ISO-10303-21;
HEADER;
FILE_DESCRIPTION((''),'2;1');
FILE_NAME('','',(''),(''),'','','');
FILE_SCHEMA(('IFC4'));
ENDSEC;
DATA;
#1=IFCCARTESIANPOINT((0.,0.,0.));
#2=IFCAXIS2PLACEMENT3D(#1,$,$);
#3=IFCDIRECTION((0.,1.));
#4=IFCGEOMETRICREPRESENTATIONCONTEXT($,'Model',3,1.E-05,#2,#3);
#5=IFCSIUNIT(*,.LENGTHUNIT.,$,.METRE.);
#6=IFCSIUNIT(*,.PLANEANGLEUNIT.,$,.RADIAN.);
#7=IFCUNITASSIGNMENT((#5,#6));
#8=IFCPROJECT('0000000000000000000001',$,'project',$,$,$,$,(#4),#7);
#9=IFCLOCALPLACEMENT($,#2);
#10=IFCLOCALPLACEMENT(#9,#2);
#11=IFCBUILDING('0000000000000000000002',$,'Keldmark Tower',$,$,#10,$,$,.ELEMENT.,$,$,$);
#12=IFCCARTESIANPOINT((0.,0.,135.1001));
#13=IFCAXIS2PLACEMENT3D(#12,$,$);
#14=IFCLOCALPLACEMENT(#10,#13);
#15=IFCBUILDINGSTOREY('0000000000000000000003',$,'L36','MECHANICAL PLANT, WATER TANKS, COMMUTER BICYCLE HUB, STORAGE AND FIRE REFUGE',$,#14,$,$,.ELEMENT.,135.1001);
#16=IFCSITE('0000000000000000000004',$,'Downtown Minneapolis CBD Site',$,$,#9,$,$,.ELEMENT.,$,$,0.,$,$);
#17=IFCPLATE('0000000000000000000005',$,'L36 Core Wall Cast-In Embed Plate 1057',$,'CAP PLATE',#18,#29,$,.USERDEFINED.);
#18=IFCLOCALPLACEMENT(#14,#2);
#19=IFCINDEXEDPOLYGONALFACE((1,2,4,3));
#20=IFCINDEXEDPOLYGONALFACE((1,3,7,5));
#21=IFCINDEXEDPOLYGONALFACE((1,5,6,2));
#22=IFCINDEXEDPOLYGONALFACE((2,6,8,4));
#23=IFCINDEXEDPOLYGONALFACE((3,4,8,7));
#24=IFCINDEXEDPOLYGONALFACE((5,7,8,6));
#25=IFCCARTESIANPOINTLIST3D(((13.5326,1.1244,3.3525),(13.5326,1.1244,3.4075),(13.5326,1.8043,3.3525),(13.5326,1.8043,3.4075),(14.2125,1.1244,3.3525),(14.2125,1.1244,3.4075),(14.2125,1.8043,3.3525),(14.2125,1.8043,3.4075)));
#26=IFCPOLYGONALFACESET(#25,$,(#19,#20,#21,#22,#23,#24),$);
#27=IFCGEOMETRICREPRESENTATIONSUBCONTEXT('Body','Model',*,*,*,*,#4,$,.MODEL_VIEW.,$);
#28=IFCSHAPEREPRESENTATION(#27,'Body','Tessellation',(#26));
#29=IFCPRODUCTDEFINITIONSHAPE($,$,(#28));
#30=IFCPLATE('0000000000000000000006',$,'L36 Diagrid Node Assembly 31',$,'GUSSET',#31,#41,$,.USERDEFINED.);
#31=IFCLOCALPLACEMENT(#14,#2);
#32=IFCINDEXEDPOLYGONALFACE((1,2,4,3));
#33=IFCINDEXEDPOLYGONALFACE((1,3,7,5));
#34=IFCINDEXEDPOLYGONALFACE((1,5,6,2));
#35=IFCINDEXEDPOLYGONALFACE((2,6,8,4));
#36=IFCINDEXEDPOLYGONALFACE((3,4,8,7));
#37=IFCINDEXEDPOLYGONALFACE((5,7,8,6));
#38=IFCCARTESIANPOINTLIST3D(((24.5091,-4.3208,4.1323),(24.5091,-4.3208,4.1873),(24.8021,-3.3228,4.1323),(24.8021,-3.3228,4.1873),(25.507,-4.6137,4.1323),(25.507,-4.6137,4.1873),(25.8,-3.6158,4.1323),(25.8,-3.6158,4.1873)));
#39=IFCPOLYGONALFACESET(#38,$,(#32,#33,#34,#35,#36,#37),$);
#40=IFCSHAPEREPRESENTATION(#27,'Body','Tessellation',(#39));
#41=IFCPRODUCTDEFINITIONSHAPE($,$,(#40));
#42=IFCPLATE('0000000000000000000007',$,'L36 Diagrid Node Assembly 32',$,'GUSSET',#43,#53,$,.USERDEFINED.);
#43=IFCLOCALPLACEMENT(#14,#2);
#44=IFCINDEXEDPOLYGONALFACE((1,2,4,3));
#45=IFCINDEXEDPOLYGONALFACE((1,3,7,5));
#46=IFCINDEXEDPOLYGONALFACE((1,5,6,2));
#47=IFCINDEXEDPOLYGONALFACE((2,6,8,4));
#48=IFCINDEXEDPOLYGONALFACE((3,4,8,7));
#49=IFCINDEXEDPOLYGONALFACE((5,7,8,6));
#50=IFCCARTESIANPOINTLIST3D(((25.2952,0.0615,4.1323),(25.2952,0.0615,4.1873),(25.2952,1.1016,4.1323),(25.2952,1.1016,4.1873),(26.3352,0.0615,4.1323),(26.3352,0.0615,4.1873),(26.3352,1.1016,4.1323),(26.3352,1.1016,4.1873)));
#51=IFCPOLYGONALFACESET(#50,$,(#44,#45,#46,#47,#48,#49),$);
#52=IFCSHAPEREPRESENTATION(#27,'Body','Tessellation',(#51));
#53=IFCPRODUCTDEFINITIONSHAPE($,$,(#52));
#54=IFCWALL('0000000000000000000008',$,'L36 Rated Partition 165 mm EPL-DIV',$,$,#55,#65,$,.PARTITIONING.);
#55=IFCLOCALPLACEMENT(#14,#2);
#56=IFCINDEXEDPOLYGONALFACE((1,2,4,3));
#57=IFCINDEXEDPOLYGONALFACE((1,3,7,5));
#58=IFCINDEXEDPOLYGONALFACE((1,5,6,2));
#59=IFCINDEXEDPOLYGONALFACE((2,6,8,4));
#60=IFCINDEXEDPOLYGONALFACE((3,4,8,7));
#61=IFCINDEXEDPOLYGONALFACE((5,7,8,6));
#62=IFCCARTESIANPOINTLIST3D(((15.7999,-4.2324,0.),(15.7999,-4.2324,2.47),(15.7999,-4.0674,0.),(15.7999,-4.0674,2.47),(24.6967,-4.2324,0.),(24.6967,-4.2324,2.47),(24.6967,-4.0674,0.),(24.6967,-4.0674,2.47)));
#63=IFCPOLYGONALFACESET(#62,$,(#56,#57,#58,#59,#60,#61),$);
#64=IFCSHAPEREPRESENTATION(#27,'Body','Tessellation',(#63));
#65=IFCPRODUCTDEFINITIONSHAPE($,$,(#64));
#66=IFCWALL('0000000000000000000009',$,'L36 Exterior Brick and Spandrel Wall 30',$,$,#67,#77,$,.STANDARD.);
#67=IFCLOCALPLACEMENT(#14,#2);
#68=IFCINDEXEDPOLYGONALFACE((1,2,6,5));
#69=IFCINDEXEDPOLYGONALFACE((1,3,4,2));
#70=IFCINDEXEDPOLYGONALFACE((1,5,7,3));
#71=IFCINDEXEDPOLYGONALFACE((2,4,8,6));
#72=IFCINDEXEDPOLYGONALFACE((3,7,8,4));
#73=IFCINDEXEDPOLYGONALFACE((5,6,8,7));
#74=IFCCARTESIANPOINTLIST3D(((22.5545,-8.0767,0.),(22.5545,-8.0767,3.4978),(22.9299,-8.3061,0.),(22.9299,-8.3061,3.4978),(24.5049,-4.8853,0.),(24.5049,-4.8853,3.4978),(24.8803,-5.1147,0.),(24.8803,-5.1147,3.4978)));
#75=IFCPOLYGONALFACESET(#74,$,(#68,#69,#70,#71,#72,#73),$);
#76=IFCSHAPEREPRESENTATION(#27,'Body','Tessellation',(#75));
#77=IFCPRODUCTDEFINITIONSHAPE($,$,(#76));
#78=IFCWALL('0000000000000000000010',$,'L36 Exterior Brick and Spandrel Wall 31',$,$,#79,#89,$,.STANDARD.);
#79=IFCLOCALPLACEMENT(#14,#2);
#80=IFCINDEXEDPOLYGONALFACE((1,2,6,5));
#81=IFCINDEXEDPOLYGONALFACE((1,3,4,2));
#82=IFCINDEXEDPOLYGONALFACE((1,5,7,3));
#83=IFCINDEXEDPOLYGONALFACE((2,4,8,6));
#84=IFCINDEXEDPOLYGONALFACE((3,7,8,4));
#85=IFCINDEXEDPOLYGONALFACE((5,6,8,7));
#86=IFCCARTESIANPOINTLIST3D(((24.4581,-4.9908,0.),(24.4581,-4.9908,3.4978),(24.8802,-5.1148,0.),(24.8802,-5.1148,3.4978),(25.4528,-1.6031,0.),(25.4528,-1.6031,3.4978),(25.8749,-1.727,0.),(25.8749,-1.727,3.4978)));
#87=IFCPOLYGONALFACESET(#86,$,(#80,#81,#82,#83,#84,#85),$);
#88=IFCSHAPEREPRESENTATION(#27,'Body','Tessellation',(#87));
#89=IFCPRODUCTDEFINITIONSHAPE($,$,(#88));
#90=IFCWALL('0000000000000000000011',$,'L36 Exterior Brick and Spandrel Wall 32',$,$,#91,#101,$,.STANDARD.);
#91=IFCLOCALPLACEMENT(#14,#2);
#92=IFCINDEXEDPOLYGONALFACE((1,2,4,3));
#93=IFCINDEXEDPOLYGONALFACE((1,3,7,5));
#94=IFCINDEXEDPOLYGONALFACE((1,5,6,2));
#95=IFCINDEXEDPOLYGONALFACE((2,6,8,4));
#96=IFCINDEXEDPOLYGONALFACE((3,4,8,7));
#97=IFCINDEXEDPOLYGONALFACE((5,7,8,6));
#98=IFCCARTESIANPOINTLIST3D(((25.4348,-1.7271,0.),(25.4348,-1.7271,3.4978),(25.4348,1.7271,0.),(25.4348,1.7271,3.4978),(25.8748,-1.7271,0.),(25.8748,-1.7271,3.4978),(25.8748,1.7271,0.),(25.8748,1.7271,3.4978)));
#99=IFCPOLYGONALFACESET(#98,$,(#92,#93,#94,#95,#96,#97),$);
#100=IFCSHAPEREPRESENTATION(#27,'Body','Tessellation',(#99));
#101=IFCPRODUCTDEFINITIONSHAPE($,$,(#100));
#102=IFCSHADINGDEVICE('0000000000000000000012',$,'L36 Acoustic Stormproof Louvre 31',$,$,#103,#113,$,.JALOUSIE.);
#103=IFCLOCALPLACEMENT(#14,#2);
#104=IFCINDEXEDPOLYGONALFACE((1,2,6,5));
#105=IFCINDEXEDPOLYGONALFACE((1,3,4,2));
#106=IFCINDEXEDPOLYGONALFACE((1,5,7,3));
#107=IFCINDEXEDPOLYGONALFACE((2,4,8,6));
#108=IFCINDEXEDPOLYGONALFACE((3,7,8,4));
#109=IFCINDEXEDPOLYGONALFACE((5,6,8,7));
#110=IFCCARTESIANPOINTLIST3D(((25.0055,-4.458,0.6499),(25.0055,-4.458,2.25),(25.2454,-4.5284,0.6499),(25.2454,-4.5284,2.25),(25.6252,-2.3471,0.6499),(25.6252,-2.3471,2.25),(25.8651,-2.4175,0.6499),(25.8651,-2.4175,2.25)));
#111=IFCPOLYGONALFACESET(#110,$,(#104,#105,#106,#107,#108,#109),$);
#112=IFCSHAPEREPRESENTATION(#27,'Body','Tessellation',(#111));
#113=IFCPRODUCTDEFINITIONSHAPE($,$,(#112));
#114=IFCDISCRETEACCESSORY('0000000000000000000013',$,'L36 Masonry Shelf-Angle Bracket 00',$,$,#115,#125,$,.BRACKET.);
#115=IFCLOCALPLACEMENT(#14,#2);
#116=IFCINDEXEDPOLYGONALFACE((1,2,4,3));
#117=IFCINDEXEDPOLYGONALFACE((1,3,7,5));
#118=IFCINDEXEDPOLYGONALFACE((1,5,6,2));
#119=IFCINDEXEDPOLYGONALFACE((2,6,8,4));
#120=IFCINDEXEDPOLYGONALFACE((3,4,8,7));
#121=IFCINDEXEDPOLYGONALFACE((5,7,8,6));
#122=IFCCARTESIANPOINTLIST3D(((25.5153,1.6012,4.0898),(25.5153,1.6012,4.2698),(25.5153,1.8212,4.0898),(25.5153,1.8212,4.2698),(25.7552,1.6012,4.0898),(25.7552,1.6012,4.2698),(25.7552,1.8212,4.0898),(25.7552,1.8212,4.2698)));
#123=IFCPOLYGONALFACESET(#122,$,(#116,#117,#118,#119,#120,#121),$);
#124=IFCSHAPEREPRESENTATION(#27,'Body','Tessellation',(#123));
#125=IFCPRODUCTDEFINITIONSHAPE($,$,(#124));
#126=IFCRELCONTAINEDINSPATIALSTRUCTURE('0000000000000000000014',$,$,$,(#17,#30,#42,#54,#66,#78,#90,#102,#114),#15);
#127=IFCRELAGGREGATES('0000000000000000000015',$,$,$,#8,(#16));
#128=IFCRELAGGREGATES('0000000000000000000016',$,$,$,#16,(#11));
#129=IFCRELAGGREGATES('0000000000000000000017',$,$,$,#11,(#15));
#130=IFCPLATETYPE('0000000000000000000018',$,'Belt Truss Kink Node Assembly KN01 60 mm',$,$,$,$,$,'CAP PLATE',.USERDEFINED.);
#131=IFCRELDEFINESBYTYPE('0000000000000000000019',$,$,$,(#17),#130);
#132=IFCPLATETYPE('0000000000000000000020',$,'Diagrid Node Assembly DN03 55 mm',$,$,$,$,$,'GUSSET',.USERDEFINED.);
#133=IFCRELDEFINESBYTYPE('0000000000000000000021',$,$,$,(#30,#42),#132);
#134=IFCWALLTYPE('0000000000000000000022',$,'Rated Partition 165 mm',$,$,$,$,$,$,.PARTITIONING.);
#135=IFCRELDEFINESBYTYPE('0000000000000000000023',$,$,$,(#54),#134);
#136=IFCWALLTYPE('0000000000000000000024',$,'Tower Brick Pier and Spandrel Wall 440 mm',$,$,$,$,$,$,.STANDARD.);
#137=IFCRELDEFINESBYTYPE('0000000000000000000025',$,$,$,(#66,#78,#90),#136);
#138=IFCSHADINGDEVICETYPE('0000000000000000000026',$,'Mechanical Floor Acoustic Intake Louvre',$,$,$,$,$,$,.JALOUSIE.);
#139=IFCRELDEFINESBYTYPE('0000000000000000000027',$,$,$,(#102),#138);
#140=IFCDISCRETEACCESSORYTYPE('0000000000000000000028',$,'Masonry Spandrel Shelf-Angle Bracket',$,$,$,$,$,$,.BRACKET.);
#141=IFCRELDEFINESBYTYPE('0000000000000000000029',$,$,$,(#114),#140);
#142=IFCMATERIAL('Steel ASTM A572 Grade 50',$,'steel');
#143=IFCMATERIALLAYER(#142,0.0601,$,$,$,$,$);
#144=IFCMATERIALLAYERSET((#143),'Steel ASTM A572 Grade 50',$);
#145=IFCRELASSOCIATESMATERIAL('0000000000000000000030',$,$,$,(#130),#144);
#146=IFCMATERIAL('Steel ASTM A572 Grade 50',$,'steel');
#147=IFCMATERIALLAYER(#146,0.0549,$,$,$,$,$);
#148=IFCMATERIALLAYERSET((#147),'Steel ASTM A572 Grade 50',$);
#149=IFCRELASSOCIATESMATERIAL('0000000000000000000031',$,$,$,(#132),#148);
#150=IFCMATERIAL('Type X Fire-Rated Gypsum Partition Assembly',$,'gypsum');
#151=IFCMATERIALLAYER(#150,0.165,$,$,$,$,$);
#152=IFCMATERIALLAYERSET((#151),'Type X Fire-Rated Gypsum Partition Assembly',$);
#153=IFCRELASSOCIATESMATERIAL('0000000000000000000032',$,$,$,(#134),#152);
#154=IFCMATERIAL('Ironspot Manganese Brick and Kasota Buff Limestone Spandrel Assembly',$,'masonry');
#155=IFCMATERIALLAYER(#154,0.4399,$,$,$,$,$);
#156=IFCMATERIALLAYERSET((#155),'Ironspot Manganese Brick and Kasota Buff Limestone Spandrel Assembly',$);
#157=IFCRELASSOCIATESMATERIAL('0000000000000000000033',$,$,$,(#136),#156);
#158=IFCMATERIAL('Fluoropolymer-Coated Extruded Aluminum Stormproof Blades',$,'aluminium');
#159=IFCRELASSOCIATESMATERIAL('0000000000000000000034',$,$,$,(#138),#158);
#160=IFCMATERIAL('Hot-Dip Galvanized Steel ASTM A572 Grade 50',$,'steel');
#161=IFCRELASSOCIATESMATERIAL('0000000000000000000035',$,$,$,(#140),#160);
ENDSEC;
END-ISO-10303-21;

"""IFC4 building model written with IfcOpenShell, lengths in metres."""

from ifc_helpers import new_model, si_unit, direction, frame, frame_2d, origin, origin_2d, place, context, subcontext, project, spatial, rectangle, extrude, material, layer, layer_set, type_object, element, save


model = new_model("IFC4")

# Units and contexts
model_context = context("Model", 3, precision=1e-05, world=origin(), true_north=direction((0.0, 1.0)))
body_context = subcontext(model_context, "Body", "Model", "MODEL_VIEW")
ifc_project = project(units=[si_unit("LENGTHUNIT", "METRE"), si_unit("PLANEANGLEUNIT", "RADIAN")], contexts=[model_context])

# Site, building, storey
site_placement = place(None, origin())
site = spatial("IfcSite", under=ifc_project, at=site_placement, Name="Downtown Minneapolis CBD Site", CompositionType="ELEMENT", RefElevation=0.0)
building_placement = place(site_placement, origin())
building = spatial("IfcBuilding", under=site, at=building_placement, Name="Keldmark Tower", CompositionType="ELEMENT")
storey_placement = place(building_placement, frame((0.0, 0.0, 135.1001)))
storey = spatial("IfcBuildingStorey", under=building, at=storey_placement, Name="L36", Description="MECHANICAL PLANT, WATER TANKS, COMMUTER BICYCLE HUB, STORAGE AND FIRE REFUGE", CompositionType="ELEMENT", Elevation=135.1001)

# Plates
ifc_material_1 = material(Name="Steel ASTM A572 Grade 50", Category="steel")
ifc_layer_1 = layer(ifc_material_1, 0.0601)
ifc_layer_set_1 = layer_set([ifc_layer_1], Name="Steel ASTM A572 Grade 50")
plate_type_1 = type_object("IfcPlateType", Name="Belt Truss Kink Node Assembly KN01 60 mm", ElementType="CAP PLATE", PredefinedType="USERDEFINED", material=ifc_layer_set_1)
plate_1_placement = place(storey_placement, frame((13.8726, 1.4644, 3.3525), z_axis=(0.0, 0.0, 1.0), x_axis=(1.0, 0.0, 0.0)))
element("IfcPlate", 1, at=plate_1_placement, inside=storey, type_object=plate_type_1, Name="L36 Core Wall Cast-In Embed Plate 1057", ObjectType="CAP PLATE", PredefinedType="USERDEFINED", context=body_context, shape_type="SweptSolid", body=[
    extrude(rectangle(XDim=0.6799, YDim=0.6799, at=origin_2d()), origin(), (0.0, 0.0, 1.0), 0.0549),
])
ifc_material_2 = material(Name="Steel ASTM A572 Grade 50", Category="steel")
ifc_layer_2 = layer(ifc_material_2, 0.0549)
ifc_layer_set_2 = layer_set([ifc_layer_2], Name="Steel ASTM A572 Grade 50")
plate_type_2 = type_object("IfcPlateType", Name="Diagrid Node Assembly DN03 55 mm", ElementType="GUSSET", PredefinedType="USERDEFINED", material=ifc_layer_set_2)
for number, where, z_axis, x_axis, name in (
    (2, (25.1545, -3.9683, 4.1323), (0.0, 0.0, 1.0), (0.281672, 0.959511, 0.0), "L36 Diagrid Node Assembly 31"),
    (3, (25.8152, 0.5815, 4.1323), (0.0, 0.0, 1.0), (0.0, 1.0, 0.0), "L36 Diagrid Node Assembly 32"),
):
    element("IfcPlate", number, at=place(storey_placement, frame(where, z_axis=z_axis, x_axis=x_axis)), inside=storey, type_object=plate_type_2, Name=name, ObjectType="GUSSET", PredefinedType="USERDEFINED", context=body_context, shape_type="SweptSolid", body=[
        extrude(rectangle(XDim=1.04, YDim=1.04, at=origin_2d()), origin(), (0.0, 0.0, 1.0), 0.0549),
    ])

# Walls
ifc_material_3 = material(Name="Type X Fire-Rated Gypsum Partition Assembly", Category="gypsum")
ifc_layer_3 = layer(ifc_material_3, 0.165)
ifc_layer_set_3 = layer_set([ifc_layer_3], Name="Type X Fire-Rated Gypsum Partition Assembly")
wall_type_1 = type_object("IfcWallType", Name="Rated Partition 165 mm", PredefinedType="PARTITIONING", material=ifc_layer_set_3)
wall_1_placement = place(storey_placement, frame((15.8, -4.1499, 0.0), z_axis=(0.0, 0.0, 1.0), x_axis=(1.0, 0.0, 0.0)))
element("IfcWall", 4, at=wall_1_placement, inside=storey, type_object=wall_type_1, Name="L36 Rated Partition 165 mm EPL-DIV", PredefinedType="PARTITIONING", context=body_context, shape_type="SweptSolid", body=[
    extrude(rectangle(XDim=8.8967, YDim=0.165, at=frame_2d((4.4482, 0.0))), origin(), (0.0, 0.0, 1.0), 2.47),
])
ifc_material_4 = material(Name="Ironspot Manganese Brick and Kasota Buff Limestone Spandrel Assembly", Category="masonry")
ifc_layer_4 = layer(ifc_material_4, 0.4399)
ifc_layer_set_4 = layer_set([ifc_layer_4], Name="Ironspot Manganese Brick and Kasota Buff Limestone Spandrel Assembly")
wall_type_2 = type_object("IfcWallType", Name="Tower Brick Pier and Spandrel Wall 440 mm", PredefinedType="STANDARD", material=ifc_layer_set_4)
wall_2_placement = place(storey_placement, frame((24.6926, -5.0, 0.0), z_axis=(0.0, 0.0, 1.0), x_axis=(-0.521476, -0.853266, 0.0)))
element("IfcWall", 5, at=wall_2_placement, inside=storey, type_object=wall_type_2, Name="L36 Exterior Brick and Spandrel Wall 30", PredefinedType="STANDARD", context=body_context, shape_type="SweptSolid", body=[
    extrude(rectangle(XDim=3.7402, YDim=0.4399, at=frame_2d((1.8701, 0.0))), origin(), (0.0, 0.0, 1.0), 3.4978),
])
wall_3_placement = place(storey_placement, frame((25.6638, -1.665, 0.0), z_axis=(0.0, 0.0, 1.0), x_axis=(-0.28171, -0.9595, 0.0)))
element("IfcWall", 6, at=wall_3_placement, inside=storey, type_object=wall_type_2, Name="L36 Exterior Brick and Spandrel Wall 31", PredefinedType="STANDARD", context=body_context, shape_type="SweptSolid", body=[
    extrude(rectangle(XDim=3.5308, YDim=0.4399, at=frame_2d((1.7654, 0.0))), origin(), (0.0, 0.0, 1.0), 3.4978),
])
wall_4_placement = place(storey_placement, frame((25.6548, 1.7271, 0.0), z_axis=(0.0, 0.0, 1.0), x_axis=(0.0, -1.0, 0.0)))
element("IfcWall", 7, at=wall_4_placement, inside=storey, type_object=wall_type_2, Name="L36 Exterior Brick and Spandrel Wall 32", PredefinedType="STANDARD", context=body_context, shape_type="SweptSolid", body=[
    extrude(rectangle(XDim=3.4541, YDim=0.4399, at=frame_2d((1.7271, 0.0))), origin(), (0.0, 0.0, 1.0), 3.4978),
])

# Shading device
ifc_material_5 = material(Name="Fluoropolymer-Coated Extruded Aluminum Stormproof Blades", Category="aluminium")
shading_device_type = type_object("IfcShadingDeviceType", Name="Mechanical Floor Acoustic Intake Louvre", PredefinedType="JALOUSIE", material=ifc_material_5)
shading_device_placement = place(storey_placement, frame((25.4353, -3.4377, 0.6499), z_axis=(0.0, 0.0, 1.0), x_axis=(0.281655, 0.959516, 0.0)))
element("IfcShadingDevice", 8, at=shading_device_placement, inside=storey, type_object=shading_device_type, Name="L36 Acoustic Stormproof Louvre 31", PredefinedType="JALOUSIE", context=body_context, shape_type="SweptSolid", body=[
    extrude(rectangle(XDim=2.2, YDim=0.25, at=origin_2d()), origin(), (0.0, 0.0, 1.0), 1.6001),
])

# Discrete accessory
ifc_material_6 = material(Name="Hot-Dip Galvanized Steel ASTM A572 Grade 50", Category="steel")
discrete_accessory_type = type_object("IfcDiscreteAccessoryType", Name="Masonry Spandrel Shelf-Angle Bracket", PredefinedType="BRACKET", material=ifc_material_6)
discrete_accessory_placement = place(storey_placement, frame((25.6353, 1.7112, 4.0898), z_axis=(0.0, 0.0, 1.0), x_axis=(1.0, 0.0, 0.0)))
element("IfcDiscreteAccessory", 9, at=discrete_accessory_placement, inside=storey, type_object=discrete_accessory_type, Name="L36 Masonry Shelf-Angle Bracket 00", PredefinedType="BRACKET", context=body_context, shape_type="SweptSolid", body=[
    extrude(rectangle(XDim=0.24, YDim=0.22, at=origin_2d()), origin(), (0.0, 0.0, 1.0), 0.1799),
])

save(model, "model.ifc")
